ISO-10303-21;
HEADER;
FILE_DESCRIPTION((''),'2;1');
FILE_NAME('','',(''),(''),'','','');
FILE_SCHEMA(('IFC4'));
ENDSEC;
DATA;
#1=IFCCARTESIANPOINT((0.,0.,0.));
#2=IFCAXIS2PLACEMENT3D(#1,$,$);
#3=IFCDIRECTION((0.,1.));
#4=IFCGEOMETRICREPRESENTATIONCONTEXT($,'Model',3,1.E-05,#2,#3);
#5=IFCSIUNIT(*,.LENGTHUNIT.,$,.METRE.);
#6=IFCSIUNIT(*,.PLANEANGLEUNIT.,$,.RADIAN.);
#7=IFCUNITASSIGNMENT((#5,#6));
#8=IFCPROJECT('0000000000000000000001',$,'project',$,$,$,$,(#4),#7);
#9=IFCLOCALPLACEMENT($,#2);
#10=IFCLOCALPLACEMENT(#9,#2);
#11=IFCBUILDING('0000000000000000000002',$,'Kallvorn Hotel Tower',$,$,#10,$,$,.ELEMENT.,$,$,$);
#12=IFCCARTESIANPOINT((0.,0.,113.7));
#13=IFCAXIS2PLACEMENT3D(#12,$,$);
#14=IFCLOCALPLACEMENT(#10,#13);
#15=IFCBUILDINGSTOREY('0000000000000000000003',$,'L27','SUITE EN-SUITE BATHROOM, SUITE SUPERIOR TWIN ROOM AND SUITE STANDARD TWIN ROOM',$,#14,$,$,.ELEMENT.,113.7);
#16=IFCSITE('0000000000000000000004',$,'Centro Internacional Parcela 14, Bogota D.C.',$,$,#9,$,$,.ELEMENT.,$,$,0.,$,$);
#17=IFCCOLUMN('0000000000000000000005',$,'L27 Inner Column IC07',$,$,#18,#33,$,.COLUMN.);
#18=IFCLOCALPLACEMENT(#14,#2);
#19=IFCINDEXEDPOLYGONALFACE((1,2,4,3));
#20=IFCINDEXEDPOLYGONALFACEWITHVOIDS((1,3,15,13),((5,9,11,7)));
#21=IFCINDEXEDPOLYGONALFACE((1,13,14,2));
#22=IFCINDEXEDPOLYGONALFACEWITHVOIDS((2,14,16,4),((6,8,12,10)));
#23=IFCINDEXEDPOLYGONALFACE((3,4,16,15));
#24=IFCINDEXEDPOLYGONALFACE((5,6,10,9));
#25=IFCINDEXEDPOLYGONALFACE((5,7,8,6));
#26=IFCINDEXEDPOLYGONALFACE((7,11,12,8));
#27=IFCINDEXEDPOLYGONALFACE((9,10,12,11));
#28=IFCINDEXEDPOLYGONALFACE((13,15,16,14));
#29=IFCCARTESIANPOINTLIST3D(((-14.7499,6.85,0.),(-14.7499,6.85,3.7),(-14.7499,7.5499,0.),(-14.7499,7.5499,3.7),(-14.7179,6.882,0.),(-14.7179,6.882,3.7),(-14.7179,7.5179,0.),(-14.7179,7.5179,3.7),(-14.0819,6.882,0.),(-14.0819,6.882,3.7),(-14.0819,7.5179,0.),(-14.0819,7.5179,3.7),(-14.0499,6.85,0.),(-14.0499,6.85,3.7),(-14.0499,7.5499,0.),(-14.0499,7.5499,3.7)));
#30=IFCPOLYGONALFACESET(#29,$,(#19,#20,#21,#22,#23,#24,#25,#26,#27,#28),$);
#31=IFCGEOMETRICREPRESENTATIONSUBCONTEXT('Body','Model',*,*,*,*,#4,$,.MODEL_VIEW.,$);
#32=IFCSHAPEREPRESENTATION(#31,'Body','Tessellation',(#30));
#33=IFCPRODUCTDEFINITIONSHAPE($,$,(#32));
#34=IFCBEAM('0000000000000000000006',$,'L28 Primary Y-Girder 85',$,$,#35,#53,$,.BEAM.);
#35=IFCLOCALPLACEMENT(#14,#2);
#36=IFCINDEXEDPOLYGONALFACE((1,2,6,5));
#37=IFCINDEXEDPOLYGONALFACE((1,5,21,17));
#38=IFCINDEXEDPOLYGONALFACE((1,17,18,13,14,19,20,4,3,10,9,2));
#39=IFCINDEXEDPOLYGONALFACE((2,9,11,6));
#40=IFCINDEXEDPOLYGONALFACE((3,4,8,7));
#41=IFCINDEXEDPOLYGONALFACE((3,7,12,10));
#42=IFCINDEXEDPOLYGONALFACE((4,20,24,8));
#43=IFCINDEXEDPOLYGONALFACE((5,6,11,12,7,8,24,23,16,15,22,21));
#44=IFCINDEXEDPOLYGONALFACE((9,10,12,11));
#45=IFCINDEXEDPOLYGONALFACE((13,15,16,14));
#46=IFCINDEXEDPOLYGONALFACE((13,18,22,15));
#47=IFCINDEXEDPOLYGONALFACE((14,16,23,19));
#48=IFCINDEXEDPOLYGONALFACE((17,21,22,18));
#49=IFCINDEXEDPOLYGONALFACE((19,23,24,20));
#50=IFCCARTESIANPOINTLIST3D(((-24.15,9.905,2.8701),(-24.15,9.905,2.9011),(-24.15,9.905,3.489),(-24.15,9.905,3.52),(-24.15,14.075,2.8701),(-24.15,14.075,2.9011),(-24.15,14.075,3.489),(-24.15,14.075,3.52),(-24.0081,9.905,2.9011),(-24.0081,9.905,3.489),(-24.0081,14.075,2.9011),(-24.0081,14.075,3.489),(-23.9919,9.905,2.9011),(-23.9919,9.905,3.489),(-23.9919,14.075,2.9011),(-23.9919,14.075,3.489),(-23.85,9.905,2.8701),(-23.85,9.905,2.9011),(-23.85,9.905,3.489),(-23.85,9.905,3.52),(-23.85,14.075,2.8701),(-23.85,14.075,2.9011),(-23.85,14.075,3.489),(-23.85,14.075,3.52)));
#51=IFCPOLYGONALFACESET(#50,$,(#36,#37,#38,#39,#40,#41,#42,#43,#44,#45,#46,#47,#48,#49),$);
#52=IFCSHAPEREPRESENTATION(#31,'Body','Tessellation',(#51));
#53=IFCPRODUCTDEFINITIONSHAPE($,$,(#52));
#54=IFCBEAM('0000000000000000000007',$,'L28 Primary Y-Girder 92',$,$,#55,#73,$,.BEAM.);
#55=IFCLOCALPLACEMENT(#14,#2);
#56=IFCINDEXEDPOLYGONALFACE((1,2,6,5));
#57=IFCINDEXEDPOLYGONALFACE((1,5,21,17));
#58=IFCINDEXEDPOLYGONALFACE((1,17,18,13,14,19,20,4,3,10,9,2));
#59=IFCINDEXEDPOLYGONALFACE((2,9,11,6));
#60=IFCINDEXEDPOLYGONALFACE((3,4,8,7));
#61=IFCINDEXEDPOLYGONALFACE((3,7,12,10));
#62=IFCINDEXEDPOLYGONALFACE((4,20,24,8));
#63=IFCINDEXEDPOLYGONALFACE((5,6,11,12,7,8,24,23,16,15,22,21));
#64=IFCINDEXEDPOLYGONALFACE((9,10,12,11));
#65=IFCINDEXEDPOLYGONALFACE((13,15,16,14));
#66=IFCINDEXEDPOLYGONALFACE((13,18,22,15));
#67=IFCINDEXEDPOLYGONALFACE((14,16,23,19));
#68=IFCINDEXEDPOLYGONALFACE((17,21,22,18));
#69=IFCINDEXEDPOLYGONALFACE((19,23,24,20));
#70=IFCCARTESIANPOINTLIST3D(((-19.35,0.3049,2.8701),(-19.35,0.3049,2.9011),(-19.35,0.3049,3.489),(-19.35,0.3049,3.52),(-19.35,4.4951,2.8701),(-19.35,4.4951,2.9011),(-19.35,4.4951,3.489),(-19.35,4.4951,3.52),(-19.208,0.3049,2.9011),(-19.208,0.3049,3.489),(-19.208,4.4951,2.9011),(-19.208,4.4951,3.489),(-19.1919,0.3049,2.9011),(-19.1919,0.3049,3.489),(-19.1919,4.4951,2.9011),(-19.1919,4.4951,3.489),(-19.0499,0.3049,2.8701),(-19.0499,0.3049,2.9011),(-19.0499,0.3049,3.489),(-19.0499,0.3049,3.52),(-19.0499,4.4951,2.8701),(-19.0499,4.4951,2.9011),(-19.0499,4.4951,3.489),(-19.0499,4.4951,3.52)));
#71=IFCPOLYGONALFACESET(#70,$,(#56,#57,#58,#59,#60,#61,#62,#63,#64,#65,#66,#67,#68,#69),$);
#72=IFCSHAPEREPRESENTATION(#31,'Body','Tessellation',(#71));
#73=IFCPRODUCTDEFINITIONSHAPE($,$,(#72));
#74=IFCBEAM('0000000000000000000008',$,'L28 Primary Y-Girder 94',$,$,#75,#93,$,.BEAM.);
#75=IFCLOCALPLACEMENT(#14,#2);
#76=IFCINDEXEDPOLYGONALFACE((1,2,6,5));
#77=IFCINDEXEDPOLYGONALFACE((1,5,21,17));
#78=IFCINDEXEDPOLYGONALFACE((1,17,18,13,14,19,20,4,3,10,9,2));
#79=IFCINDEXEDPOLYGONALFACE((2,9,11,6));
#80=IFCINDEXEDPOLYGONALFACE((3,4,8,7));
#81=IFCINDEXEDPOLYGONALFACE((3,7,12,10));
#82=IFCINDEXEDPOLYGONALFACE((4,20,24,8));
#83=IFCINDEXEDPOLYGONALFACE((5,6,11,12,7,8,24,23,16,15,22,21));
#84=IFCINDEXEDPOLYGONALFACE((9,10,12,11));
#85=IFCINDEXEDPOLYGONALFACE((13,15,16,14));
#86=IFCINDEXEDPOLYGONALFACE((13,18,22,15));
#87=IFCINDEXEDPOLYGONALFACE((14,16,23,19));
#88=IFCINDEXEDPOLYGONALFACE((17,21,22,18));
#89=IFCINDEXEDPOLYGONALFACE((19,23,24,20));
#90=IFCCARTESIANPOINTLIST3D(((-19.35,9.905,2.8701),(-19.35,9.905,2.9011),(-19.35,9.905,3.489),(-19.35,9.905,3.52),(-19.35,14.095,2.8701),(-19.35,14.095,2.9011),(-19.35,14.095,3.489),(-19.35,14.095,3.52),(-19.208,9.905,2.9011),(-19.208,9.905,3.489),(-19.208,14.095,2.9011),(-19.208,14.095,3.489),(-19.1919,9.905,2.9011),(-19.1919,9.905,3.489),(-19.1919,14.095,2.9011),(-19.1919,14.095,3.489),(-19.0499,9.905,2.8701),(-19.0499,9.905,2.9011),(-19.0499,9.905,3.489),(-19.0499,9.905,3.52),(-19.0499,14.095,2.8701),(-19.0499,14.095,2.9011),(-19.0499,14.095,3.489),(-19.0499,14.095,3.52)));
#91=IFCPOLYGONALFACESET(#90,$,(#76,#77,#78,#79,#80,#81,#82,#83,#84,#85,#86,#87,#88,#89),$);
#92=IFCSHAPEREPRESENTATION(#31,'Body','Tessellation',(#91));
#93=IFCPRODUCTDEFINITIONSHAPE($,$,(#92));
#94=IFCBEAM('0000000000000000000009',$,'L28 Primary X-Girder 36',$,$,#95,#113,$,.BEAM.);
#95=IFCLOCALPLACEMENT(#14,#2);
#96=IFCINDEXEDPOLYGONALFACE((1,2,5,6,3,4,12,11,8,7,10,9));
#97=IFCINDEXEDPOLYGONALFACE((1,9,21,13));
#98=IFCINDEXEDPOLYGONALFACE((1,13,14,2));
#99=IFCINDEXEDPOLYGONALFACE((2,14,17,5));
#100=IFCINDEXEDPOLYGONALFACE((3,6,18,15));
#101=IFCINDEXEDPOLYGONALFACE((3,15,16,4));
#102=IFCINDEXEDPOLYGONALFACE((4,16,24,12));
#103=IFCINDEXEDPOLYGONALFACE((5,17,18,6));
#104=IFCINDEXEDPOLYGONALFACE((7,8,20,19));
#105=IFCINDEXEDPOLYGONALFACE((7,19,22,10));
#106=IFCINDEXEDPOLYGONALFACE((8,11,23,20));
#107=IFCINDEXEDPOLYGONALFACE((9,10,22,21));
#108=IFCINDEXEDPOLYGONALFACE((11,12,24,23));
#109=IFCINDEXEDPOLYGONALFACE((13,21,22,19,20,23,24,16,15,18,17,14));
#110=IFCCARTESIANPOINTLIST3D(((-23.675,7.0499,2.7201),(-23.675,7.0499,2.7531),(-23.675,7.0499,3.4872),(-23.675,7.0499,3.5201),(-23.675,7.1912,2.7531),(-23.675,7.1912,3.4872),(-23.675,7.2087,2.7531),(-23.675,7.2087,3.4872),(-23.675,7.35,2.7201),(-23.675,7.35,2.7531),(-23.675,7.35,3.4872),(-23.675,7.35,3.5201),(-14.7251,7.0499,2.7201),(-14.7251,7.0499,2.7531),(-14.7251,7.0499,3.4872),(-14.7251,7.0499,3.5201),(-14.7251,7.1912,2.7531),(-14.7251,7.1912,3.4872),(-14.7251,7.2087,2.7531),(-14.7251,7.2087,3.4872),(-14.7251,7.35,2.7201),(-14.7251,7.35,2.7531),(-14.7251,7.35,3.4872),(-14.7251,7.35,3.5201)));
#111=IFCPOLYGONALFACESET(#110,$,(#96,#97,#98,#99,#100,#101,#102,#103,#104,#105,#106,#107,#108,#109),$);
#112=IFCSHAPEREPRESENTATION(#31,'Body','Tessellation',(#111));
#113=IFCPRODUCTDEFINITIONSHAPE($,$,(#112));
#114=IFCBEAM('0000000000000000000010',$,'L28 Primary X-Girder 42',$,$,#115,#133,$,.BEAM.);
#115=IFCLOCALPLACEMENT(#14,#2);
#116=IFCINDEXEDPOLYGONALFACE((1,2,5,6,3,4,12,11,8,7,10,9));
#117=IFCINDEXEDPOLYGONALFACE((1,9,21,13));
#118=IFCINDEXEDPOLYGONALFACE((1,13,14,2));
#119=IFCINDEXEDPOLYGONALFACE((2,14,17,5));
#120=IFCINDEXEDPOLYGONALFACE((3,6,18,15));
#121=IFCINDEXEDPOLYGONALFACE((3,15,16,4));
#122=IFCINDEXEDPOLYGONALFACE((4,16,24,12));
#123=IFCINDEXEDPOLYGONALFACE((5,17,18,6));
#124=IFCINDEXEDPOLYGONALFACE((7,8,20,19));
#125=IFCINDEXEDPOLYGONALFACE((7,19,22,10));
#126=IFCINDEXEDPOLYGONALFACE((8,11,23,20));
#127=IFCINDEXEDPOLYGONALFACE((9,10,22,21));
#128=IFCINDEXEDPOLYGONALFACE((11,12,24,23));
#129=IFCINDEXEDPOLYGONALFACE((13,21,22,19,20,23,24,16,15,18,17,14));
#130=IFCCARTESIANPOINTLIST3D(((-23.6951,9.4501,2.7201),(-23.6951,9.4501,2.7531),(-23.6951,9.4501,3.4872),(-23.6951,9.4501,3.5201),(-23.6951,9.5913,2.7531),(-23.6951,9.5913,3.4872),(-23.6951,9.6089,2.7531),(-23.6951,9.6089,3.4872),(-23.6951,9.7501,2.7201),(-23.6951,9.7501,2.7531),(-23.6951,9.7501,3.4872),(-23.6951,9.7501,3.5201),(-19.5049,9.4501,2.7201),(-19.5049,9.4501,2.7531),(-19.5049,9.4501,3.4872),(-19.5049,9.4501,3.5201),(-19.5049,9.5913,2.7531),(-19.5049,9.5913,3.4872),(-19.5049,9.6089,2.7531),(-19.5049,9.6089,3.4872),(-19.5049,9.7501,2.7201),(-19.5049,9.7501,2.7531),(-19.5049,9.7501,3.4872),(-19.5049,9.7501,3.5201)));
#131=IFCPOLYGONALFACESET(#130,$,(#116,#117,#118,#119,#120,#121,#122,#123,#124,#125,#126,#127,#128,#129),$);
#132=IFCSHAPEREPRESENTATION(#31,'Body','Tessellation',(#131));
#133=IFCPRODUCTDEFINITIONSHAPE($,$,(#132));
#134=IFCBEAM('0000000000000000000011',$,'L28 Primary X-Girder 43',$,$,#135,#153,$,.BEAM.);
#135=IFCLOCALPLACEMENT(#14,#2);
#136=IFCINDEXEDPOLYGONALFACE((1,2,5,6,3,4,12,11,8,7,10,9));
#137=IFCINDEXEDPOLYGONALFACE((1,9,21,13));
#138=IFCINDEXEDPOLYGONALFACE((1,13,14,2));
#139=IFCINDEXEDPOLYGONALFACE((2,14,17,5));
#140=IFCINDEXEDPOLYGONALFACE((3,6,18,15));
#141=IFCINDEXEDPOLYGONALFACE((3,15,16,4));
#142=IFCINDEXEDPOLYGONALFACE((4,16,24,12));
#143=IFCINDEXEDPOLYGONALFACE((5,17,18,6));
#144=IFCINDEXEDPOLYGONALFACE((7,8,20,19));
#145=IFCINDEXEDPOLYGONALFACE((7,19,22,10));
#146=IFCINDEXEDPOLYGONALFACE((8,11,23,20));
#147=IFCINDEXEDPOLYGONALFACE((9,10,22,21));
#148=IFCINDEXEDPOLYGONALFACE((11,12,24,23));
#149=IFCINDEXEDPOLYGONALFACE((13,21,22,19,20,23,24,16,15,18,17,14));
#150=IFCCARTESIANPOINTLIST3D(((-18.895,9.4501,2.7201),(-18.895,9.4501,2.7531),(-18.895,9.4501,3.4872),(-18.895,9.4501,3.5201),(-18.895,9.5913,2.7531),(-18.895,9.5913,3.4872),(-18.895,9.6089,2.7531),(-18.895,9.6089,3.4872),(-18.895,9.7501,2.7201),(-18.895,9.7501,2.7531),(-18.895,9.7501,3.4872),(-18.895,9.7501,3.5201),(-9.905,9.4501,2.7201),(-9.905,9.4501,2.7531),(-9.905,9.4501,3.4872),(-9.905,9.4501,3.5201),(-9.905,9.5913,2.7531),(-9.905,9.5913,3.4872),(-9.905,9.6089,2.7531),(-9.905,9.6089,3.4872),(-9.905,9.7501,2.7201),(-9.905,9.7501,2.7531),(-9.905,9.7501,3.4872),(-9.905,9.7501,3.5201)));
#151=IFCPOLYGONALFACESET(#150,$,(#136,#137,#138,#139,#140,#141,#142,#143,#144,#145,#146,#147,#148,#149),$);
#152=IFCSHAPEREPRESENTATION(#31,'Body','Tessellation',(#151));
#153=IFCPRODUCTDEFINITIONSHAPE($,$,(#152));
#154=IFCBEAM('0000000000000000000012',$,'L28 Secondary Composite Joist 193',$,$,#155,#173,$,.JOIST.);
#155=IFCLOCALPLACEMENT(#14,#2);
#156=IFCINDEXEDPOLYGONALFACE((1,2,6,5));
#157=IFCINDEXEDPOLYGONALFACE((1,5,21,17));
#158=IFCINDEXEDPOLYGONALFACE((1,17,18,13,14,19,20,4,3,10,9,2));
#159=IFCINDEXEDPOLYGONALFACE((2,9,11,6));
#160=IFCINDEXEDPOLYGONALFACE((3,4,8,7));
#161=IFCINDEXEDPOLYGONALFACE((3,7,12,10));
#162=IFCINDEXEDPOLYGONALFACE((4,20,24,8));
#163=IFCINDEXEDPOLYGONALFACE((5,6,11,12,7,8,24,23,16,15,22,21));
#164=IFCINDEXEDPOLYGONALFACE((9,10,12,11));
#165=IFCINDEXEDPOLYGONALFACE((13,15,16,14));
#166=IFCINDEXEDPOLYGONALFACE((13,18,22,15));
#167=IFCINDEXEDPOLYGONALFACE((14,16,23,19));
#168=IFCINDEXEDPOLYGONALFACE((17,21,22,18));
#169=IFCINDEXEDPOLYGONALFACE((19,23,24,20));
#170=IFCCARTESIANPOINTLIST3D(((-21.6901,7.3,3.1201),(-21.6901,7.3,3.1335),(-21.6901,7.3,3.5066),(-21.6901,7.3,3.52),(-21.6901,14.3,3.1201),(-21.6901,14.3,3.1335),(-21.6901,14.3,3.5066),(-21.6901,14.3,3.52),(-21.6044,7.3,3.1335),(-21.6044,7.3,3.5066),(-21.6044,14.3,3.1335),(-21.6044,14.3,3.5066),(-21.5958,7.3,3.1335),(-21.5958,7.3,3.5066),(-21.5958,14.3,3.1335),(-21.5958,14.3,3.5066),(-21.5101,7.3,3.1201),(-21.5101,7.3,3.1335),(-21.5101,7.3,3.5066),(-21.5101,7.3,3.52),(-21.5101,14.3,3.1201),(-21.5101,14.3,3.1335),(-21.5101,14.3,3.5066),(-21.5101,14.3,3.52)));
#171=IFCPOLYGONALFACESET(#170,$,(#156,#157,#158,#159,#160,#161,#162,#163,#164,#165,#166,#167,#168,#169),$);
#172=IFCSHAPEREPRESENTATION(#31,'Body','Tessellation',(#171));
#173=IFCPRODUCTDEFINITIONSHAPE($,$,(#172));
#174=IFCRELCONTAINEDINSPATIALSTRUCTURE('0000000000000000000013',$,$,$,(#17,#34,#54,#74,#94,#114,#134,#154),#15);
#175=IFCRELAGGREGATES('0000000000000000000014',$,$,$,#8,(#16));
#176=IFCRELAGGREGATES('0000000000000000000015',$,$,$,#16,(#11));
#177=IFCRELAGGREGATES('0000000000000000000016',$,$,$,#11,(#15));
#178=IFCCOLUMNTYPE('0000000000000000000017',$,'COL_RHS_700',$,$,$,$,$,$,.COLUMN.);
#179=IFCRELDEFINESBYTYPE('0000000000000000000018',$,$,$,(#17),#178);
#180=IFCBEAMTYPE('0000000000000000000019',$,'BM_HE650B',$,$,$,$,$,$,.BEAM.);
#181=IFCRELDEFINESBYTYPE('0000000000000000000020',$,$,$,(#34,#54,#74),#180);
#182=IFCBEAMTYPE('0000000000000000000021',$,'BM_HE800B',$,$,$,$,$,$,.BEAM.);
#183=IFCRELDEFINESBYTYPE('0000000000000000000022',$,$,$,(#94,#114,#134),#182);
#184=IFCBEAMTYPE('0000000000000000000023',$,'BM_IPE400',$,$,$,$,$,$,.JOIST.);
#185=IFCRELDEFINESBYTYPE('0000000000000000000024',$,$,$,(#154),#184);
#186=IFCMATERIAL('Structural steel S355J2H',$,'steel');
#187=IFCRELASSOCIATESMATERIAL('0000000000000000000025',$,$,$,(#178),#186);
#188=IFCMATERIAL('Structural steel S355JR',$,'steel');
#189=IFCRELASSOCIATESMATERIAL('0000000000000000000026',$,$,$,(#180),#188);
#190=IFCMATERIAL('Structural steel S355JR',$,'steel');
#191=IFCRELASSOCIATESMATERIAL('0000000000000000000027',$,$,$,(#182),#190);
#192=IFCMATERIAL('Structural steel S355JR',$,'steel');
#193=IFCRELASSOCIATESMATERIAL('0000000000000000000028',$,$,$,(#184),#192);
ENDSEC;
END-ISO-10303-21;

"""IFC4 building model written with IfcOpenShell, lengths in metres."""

from ifc_helpers import new_model, si_unit, direction, frame, origin, origin_2d, place, context, subcontext, project, spatial, hollow_rectangle, i_section, extrude, material, material_profile, profile_set, type_object, element, save


model = new_model("IFC4")

# Units and contexts
model_context = context("Model", 3, precision=1e-05, world=origin(), true_north=direction((0.0, 1.0)))
body_context = subcontext(model_context, "Body", "Model", "MODEL_VIEW")
ifc_project = project(units=[si_unit("LENGTHUNIT", "METRE"), si_unit("PLANEANGLEUNIT", "RADIAN")], contexts=[model_context])

# Site, building, storey
site_placement = place(None, origin())
site = spatial("IfcSite", under=ifc_project, at=site_placement, Name="Centro Internacional Parcela 14, Bogota D.C.", CompositionType="ELEMENT", RefElevation=0.0)
building_placement = place(site_placement, origin())
building = spatial("IfcBuilding", under=site, at=building_placement, Name="Kallvorn Hotel Tower", CompositionType="ELEMENT")
storey_placement = place(building_placement, frame((0.0, 0.0, 113.7)))
storey = spatial("IfcBuildingStorey", under=building, at=storey_placement, Name="L27", Description="SUITE EN-SUITE BATHROOM, SUITE SUPERIOR TWIN ROOM AND SUITE STANDARD TWIN ROOM", CompositionType="ELEMENT", Elevation=113.7)

# Column
ifc_material_1 = material(Name="Structural steel S355J2H", Category="steel")
ifc_material_profile_1 = material_profile(ifc_material_1, hollow_rectangle(XDim=0.7, YDim=0.7, WallThickness=0.032, at=origin_2d()), Name="RHS 700x700x32")
ifc_profile_set_1 = profile_set([ifc_material_profile_1], Name="Structural steel S355J2H")
column_type_1 = type_object("IfcColumnType", Name="COL_RHS_700", PredefinedType="COLUMN", material=ifc_profile_set_1)
column_placement = place(storey_placement, frame((-14.3999, 7.2, 0.0), z_axis=(0.0, 0.0, 1.0), x_axis=(1.0, 0.0, 0.0)))
element("IfcColumn", 1, at=column_placement, inside=storey, type_object=column_type_1, Name="L27 Inner Column IC07", PredefinedType="COLUMN", context=body_context, shape_type="SweptSolid", body=[
    extrude(hollow_rectangle(XDim=0.7, YDim=0.7, WallThickness=0.032, at=origin_2d()), origin(), (0.0, 0.0, 1.0), 3.7),
])

# Beams
ifc_material_2 = material(Name="Structural steel S355JR", Category="steel")
ifc_material_profile_2 = material_profile(ifc_material_2, i_section(OverallWidth=0.3, OverallDepth=0.6499, WebThickness=0.0161, FlangeThickness=0.031, at=origin_2d()), Name="HE 650 B")
ifc_profile_set_2 = profile_set([ifc_material_profile_2], Name="Structural steel S355JR")
beam_type_1 = type_object("IfcBeamType", Name="BM_HE650B", PredefinedType="BEAM", material=ifc_profile_set_2)
beam_1_placement = place(storey_placement, frame((-24.0, 9.905, 3.1951), z_axis=(0.0, 1.0, 0.0), x_axis=(-1.0, 0.0, 0.0)))
element("IfcBeam", 2, at=beam_1_placement, inside=storey, type_object=beam_type_1, Name="L28 Primary Y-Girder 85", PredefinedType="BEAM", context=body_context, shape_type="SweptSolid", body=[
    extrude(i_section(OverallWidth=0.3, OverallDepth=0.6499, WebThickness=0.0161, FlangeThickness=0.031, at=origin_2d()), origin(), (0.0, 0.0, 1.0), 4.1699),
])
beam_2_placement = place(storey_placement, frame((-19.2, 0.3049, 3.1951), z_axis=(0.0, 1.0, 0.0), x_axis=(-1.0, 0.0, 0.0)))
element("IfcBeam", 3, at=beam_2_placement, inside=storey, type_object=beam_type_1, Name="L28 Primary Y-Girder 92", PredefinedType="BEAM", context=body_context, shape_type="SweptSolid", body=[
    extrude(i_section(OverallWidth=0.3, OverallDepth=0.6499, WebThickness=0.0161, FlangeThickness=0.031, at=origin_2d()), origin(), (0.0, 0.0, 1.0), 4.1902),
])
beam_3_placement = place(storey_placement, frame((-19.2, 9.905, 3.1951), z_axis=(0.0, 1.0, 0.0), x_axis=(-1.0, 0.0, 0.0)))
element("IfcBeam", 4, at=beam_3_placement, inside=storey, type_object=beam_type_1, Name="L28 Primary Y-Girder 94", PredefinedType="BEAM", context=body_context, shape_type="SweptSolid", body=[
    extrude(i_section(OverallWidth=0.3, OverallDepth=0.6499, WebThickness=0.0161, FlangeThickness=0.031, at=origin_2d()), origin(), (0.0, 0.0, 1.0), 4.1899),
])
ifc_material_3 = material(Name="Structural steel S355JR", Category="steel")
ifc_material_profile_3 = material_profile(ifc_material_3, i_section(OverallWidth=0.3, OverallDepth=0.8, WebThickness=0.0176, FlangeThickness=0.033, at=origin_2d()), Name="HE 800 B")
ifc_profile_set_3 = profile_set([ifc_material_profile_3], Name="Structural steel S355JR")
beam_type_2 = type_object("IfcBeamType", Name="BM_HE800B", PredefinedType="BEAM", material=ifc_profile_set_3)
beam_4_placement = place(storey_placement, frame((-23.675, 7.2, 3.1201), z_axis=(1.0, 0.0, 0.0), x_axis=(0.0, 1.0, 0.0)))
element("IfcBeam", 5, at=beam_4_placement, inside=storey, type_object=beam_type_2, Name="L28 Primary X-Girder 36", PredefinedType="BEAM", context=body_context, shape_type="SweptSolid", body=[
    extrude(i_section(OverallWidth=0.3, OverallDepth=0.8, WebThickness=0.0176, FlangeThickness=0.033, at=origin_2d()), origin(), (0.0, 0.0, 1.0), 8.95),
])
beam_5_placement = place(storey_placement, frame((-23.6951, 9.6001, 3.1201), z_axis=(1.0, 0.0, 0.0), x_axis=(0.0, 1.0, 0.0)))
element("IfcBeam", 6, at=beam_5_placement, inside=storey, type_object=beam_type_2, Name="L28 Primary X-Girder 42", PredefinedType="BEAM", context=body_context, shape_type="SweptSolid", body=[
    extrude(i_section(OverallWidth=0.3, OverallDepth=0.8, WebThickness=0.0176, FlangeThickness=0.033, at=origin_2d()), origin(), (0.0, 0.0, 1.0), 4.1902),
])
beam_6_placement = place(storey_placement, frame((-18.895, 9.6001, 3.1201), z_axis=(1.0, 0.0, 0.0), x_axis=(0.0, 1.0, 0.0)))
element("IfcBeam", 7, at=beam_6_placement, inside=storey, type_object=beam_type_2, Name="L28 Primary X-Girder 43", PredefinedType="BEAM", context=body_context, shape_type="SweptSolid", body=[
    extrude(i_section(OverallWidth=0.3, OverallDepth=0.8, WebThickness=0.0176, FlangeThickness=0.033, at=origin_2d()), origin(), (0.0, 0.0, 1.0), 8.99),
])
ifc_material_4 = material(Name="Structural steel S355JR", Category="steel")
ifc_material_profile_4 = material_profile(ifc_material_4, i_section(OverallWidth=0.1799, OverallDepth=0.3999, WebThickness=0.0085, FlangeThickness=0.0134, at=origin_2d()), Name="IPE 400")
ifc_profile_set_4 = profile_set([ifc_material_profile_4], Name="Structural steel S355JR")
beam_type_3 = type_object("IfcBeamType", Name="BM_IPE400", PredefinedType="JOIST", material=ifc_profile_set_4)
for number, where, z_axis, x_axis, name in (
    (8, (-21.6001, 7.3, 3.3201), (0.0, 1.0, 0.0), (-1.0, 0.0, 0.0), "L28 Secondary Composite Joist 193"),
):
    element("IfcBeam", number, at=place(storey_placement, frame(where, z_axis=z_axis, x_axis=x_axis)), inside=storey, type_object=beam_type_3, Name=name, PredefinedType="JOIST", context=body_context, shape_type="SweptSolid", body=[
        extrude(i_section(OverallWidth=0.1799, OverallDepth=0.3999, WebThickness=0.0085, FlangeThickness=0.0134, at=origin_2d()), origin(), (0.0, 0.0, 1.0), 7.0),
    ])

save(model, "model.ifc")
